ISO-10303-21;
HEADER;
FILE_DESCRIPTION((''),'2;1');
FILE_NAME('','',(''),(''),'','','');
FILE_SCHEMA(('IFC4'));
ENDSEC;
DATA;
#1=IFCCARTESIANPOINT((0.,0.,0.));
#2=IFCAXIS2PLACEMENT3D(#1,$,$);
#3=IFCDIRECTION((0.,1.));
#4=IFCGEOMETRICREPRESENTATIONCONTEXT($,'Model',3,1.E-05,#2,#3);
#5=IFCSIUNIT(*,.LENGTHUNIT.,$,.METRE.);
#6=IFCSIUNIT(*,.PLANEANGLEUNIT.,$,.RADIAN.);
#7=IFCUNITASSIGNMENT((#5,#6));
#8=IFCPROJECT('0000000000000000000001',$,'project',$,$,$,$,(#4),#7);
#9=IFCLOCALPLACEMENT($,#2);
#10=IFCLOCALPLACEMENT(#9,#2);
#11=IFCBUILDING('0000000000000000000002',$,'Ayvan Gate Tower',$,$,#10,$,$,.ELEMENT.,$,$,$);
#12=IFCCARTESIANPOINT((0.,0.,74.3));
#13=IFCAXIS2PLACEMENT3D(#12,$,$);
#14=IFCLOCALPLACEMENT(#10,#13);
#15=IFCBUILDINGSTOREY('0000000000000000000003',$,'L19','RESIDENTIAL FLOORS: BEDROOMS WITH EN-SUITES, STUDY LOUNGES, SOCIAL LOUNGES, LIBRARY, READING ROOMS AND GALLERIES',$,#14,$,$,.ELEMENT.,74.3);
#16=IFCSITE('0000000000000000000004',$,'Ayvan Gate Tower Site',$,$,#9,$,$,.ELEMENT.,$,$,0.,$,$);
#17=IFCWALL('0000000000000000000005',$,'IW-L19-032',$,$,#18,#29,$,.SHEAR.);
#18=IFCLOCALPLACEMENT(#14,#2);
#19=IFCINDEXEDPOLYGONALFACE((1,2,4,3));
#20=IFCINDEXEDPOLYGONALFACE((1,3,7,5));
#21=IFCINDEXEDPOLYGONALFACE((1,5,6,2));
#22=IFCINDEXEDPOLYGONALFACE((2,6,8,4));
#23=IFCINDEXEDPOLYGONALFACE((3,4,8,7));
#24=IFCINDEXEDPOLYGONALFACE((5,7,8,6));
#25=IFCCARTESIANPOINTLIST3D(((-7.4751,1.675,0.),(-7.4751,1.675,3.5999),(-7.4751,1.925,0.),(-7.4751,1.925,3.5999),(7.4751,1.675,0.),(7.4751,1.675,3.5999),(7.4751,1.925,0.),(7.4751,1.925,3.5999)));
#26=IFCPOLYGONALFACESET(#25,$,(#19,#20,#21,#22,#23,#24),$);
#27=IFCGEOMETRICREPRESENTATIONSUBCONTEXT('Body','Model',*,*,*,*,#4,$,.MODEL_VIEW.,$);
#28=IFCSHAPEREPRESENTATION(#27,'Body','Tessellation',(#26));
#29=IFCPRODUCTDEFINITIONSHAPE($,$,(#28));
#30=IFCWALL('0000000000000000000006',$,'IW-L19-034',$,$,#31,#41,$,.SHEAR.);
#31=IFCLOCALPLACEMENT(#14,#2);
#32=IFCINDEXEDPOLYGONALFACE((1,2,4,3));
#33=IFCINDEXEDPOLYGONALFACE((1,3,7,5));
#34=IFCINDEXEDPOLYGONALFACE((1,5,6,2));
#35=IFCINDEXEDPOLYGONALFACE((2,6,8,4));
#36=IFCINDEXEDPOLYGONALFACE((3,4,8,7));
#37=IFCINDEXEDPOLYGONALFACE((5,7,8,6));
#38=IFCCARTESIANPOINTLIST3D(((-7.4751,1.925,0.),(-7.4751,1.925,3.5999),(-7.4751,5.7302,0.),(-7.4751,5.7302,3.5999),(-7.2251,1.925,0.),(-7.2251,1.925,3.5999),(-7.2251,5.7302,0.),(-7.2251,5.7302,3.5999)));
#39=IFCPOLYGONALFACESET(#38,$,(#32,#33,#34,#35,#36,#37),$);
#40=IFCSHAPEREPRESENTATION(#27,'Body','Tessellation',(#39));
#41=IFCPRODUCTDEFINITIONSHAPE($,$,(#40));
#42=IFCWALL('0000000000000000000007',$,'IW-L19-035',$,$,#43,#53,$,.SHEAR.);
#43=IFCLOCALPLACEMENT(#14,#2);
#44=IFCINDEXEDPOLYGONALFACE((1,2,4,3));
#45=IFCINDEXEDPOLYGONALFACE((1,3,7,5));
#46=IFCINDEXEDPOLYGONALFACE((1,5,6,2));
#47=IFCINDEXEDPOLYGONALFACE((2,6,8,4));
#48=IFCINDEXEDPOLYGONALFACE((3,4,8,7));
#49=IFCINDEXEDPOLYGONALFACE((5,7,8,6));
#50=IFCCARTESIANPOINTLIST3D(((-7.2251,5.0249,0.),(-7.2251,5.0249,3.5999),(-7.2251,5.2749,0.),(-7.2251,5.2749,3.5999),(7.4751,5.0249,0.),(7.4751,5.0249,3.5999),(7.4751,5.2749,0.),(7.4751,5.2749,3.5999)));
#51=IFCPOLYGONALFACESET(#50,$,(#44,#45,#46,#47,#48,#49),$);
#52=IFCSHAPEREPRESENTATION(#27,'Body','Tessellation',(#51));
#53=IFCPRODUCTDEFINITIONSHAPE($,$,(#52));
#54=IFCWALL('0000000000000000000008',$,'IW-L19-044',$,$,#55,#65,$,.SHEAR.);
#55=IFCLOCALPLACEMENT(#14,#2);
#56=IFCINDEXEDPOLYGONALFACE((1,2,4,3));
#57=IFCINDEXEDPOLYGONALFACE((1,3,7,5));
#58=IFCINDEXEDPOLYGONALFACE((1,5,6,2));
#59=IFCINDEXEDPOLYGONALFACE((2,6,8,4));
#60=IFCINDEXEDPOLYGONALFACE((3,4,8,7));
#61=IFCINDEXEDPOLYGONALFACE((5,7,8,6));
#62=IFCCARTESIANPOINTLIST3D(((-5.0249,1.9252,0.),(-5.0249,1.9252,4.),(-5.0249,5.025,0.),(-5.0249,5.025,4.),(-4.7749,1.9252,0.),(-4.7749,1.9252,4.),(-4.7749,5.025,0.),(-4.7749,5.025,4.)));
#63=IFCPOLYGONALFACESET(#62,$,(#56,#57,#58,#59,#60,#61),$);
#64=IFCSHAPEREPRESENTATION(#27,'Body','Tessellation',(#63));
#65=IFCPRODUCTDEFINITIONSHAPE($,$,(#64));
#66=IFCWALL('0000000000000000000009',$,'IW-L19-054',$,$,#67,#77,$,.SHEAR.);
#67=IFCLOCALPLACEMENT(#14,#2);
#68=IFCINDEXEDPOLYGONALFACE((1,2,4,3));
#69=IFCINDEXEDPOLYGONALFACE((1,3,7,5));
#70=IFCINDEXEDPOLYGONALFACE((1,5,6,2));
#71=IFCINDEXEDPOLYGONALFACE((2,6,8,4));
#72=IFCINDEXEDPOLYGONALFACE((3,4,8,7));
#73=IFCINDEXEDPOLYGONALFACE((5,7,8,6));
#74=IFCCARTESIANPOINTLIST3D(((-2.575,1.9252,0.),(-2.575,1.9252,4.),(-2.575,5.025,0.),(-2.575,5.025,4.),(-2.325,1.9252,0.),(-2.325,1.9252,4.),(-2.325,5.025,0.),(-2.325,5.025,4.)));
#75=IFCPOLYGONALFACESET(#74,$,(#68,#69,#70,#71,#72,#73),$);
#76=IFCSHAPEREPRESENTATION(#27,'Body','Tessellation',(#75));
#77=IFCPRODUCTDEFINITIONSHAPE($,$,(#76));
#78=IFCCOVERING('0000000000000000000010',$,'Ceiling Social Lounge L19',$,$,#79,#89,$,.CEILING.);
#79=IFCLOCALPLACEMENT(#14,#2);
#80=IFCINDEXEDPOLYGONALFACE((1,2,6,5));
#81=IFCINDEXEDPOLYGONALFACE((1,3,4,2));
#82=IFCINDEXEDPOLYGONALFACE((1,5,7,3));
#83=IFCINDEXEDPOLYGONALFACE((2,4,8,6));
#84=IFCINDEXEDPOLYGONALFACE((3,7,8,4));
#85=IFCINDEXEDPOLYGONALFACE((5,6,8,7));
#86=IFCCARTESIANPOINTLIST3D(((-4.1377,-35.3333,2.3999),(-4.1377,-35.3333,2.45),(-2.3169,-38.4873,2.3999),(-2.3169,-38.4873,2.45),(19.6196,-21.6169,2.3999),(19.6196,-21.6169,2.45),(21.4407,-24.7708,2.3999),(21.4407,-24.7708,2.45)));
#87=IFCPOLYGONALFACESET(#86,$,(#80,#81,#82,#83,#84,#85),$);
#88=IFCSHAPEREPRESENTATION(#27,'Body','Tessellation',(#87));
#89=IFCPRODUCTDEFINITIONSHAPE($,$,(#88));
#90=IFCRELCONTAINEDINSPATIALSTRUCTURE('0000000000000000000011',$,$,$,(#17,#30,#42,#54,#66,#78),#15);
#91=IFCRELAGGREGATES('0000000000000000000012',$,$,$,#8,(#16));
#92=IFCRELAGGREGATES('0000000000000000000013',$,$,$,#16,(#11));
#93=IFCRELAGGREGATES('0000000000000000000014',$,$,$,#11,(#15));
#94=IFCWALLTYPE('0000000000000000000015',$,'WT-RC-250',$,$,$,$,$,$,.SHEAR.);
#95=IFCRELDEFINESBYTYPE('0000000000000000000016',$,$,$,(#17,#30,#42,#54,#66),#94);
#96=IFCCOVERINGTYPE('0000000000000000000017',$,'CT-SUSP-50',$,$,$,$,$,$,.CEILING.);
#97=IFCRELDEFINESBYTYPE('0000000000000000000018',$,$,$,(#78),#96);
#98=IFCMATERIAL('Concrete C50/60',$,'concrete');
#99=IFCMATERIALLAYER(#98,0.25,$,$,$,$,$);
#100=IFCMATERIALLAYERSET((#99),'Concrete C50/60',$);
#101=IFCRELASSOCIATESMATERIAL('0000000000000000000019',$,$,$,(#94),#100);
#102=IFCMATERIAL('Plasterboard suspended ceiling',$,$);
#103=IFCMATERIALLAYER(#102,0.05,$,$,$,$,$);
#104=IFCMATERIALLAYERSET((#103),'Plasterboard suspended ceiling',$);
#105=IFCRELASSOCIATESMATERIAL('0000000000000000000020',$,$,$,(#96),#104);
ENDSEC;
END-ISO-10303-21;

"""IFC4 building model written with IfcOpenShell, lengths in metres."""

from ifc_helpers import new_model, si_unit, direction, frame, frame_2d, origin, place, context, subcontext, project, spatial, polyline, rectangle, outline, extrude, material, layer, layer_set, type_object, element, save


model = new_model("IFC4")

# Units and contexts
model_context = context("Model", 3, precision=1e-05, world=origin(), true_north=direction((0.0, 1.0)))
body_context = subcontext(model_context, "Body", "Model", "MODEL_VIEW")
ifc_project = project(units=[si_unit("LENGTHUNIT", "METRE"), si_unit("PLANEANGLEUNIT", "RADIAN")], contexts=[model_context])

# Site, building, storey
site_placement = place(None, origin())
site = spatial("IfcSite", under=ifc_project, at=site_placement, Name="Ayvan Gate Tower Site", CompositionType="ELEMENT", RefElevation=0.0)
building_placement = place(site_placement, origin())
building = spatial("IfcBuilding", under=site, at=building_placement, Name="Ayvan Gate Tower", CompositionType="ELEMENT")
storey_placement = place(building_placement, frame((0.0, 0.0, 74.3)))
storey = spatial("IfcBuildingStorey", under=building, at=storey_placement, Name="L19", Description="RESIDENTIAL FLOORS: BEDROOMS WITH EN-SUITES, STUDY LOUNGES, SOCIAL LOUNGES, LIBRARY, READING ROOMS AND GALLERIES", CompositionType="ELEMENT", Elevation=74.3)

# Walls
ifc_material_1 = material(Name="Concrete C50/60", Category="concrete")
ifc_layer_1 = layer(ifc_material_1, 0.25)
ifc_layer_set_1 = layer_set([ifc_layer_1], Name="Concrete C50/60")
wall_type_1 = type_object("IfcWallType", Name="WT-RC-250", PredefinedType="SHEAR", material=ifc_layer_set_1)
wall_1_placement = place(storey_placement, frame((-7.4751, 1.8, 0.0), z_axis=(0.0, 0.0, 1.0), x_axis=(1.0, 0.0, 0.0)))
element("IfcWall", 1, at=wall_1_placement, inside=storey, type_object=wall_type_1, Name="IW-L19-032", PredefinedType="SHEAR", context=body_context, shape_type="SweptSolid", body=[
    extrude(rectangle(XDim=14.9502, YDim=0.25, at=frame_2d((7.4751, 0.0))), origin(), (0.0, 0.0, 1.0), 3.5999),
])
wall_2_placement = place(storey_placement, frame((-7.3501, 1.925, 0.0), z_axis=(0.0, 0.0, 1.0), x_axis=(0.0, 1.0, 0.0)))
element("IfcWall", 2, at=wall_2_placement, inside=storey, type_object=wall_type_1, Name="IW-L19-034", PredefinedType="SHEAR", context=body_context, shape_type="SweptSolid", body=[
    extrude(rectangle(XDim=3.8052, YDim=0.25, at=frame_2d((1.9026, 0.0))), origin(), (0.0, 0.0, 1.0), 3.5999),
])
wall_3_placement = place(storey_placement, frame((-7.2251, 5.1499, 0.0), z_axis=(0.0, 0.0, 1.0), x_axis=(1.0, 0.0, 0.0)))
element("IfcWall", 3, at=wall_3_placement, inside=storey, type_object=wall_type_1, Name="IW-L19-035", PredefinedType="SHEAR", context=body_context, shape_type="SweptSolid", body=[
    extrude(rectangle(XDim=14.7002, YDim=0.25, at=frame_2d((7.3501, 0.0))), origin(), (0.0, 0.0, 1.0), 3.5999),
])
for number, where, z_axis, x_axis, name in (
    (4, (-4.8999, 5.0249, 0.0), (0.0, 0.0, 1.0), (0.0, -1.0, 0.0), "IW-L19-044"),
    (5, (-2.45, 5.0249, 0.0), (0.0, 0.0, 1.0), (0.0, -1.0, 0.0), "IW-L19-054"),
):
    element("IfcWall", number, at=place(storey_placement, frame(where, z_axis=z_axis, x_axis=x_axis)), inside=storey, type_object=wall_type_1, Name=name, PredefinedType="SHEAR", context=body_context, shape_type="SweptSolid", body=[
        extrude(rectangle(XDim=3.0999, YDim=0.25, at=frame_2d((1.5498, 0.0))), origin(), (0.0, 0.0, 1.0), 4.0),
    ])

# Covering
ifc_material_2 = material(Name="Plasterboard suspended ceiling")
ifc_layer_2 = layer(ifc_material_2, 0.05)
ifc_layer_set_2 = layer_set([ifc_layer_2], Name="Plasterboard suspended ceiling")
covering_type = type_object("IfcCoveringType", Name="CT-SUSP-50", PredefinedType="CEILING", material=ifc_layer_set_2)
covering_placement = place(storey_placement, frame((0.0, 0.0, 2.3999)))
element("IfcCovering", 6, at=covering_placement, inside=storey, type_object=covering_type, Name="Ceiling Social Lounge L19", PredefinedType="CEILING", context=body_context, shape_type="SweptSolid", body=[
    extrude(outline(polyline([(21.4407, -24.7708), (-2.3169, -38.4873), (-4.1377, -35.3333), (19.6196, -21.6169), (21.4407, -24.7708)])), origin(), (0.0, 0.0, 1.0), 0.05),
])

save(model, "model.ifc")
